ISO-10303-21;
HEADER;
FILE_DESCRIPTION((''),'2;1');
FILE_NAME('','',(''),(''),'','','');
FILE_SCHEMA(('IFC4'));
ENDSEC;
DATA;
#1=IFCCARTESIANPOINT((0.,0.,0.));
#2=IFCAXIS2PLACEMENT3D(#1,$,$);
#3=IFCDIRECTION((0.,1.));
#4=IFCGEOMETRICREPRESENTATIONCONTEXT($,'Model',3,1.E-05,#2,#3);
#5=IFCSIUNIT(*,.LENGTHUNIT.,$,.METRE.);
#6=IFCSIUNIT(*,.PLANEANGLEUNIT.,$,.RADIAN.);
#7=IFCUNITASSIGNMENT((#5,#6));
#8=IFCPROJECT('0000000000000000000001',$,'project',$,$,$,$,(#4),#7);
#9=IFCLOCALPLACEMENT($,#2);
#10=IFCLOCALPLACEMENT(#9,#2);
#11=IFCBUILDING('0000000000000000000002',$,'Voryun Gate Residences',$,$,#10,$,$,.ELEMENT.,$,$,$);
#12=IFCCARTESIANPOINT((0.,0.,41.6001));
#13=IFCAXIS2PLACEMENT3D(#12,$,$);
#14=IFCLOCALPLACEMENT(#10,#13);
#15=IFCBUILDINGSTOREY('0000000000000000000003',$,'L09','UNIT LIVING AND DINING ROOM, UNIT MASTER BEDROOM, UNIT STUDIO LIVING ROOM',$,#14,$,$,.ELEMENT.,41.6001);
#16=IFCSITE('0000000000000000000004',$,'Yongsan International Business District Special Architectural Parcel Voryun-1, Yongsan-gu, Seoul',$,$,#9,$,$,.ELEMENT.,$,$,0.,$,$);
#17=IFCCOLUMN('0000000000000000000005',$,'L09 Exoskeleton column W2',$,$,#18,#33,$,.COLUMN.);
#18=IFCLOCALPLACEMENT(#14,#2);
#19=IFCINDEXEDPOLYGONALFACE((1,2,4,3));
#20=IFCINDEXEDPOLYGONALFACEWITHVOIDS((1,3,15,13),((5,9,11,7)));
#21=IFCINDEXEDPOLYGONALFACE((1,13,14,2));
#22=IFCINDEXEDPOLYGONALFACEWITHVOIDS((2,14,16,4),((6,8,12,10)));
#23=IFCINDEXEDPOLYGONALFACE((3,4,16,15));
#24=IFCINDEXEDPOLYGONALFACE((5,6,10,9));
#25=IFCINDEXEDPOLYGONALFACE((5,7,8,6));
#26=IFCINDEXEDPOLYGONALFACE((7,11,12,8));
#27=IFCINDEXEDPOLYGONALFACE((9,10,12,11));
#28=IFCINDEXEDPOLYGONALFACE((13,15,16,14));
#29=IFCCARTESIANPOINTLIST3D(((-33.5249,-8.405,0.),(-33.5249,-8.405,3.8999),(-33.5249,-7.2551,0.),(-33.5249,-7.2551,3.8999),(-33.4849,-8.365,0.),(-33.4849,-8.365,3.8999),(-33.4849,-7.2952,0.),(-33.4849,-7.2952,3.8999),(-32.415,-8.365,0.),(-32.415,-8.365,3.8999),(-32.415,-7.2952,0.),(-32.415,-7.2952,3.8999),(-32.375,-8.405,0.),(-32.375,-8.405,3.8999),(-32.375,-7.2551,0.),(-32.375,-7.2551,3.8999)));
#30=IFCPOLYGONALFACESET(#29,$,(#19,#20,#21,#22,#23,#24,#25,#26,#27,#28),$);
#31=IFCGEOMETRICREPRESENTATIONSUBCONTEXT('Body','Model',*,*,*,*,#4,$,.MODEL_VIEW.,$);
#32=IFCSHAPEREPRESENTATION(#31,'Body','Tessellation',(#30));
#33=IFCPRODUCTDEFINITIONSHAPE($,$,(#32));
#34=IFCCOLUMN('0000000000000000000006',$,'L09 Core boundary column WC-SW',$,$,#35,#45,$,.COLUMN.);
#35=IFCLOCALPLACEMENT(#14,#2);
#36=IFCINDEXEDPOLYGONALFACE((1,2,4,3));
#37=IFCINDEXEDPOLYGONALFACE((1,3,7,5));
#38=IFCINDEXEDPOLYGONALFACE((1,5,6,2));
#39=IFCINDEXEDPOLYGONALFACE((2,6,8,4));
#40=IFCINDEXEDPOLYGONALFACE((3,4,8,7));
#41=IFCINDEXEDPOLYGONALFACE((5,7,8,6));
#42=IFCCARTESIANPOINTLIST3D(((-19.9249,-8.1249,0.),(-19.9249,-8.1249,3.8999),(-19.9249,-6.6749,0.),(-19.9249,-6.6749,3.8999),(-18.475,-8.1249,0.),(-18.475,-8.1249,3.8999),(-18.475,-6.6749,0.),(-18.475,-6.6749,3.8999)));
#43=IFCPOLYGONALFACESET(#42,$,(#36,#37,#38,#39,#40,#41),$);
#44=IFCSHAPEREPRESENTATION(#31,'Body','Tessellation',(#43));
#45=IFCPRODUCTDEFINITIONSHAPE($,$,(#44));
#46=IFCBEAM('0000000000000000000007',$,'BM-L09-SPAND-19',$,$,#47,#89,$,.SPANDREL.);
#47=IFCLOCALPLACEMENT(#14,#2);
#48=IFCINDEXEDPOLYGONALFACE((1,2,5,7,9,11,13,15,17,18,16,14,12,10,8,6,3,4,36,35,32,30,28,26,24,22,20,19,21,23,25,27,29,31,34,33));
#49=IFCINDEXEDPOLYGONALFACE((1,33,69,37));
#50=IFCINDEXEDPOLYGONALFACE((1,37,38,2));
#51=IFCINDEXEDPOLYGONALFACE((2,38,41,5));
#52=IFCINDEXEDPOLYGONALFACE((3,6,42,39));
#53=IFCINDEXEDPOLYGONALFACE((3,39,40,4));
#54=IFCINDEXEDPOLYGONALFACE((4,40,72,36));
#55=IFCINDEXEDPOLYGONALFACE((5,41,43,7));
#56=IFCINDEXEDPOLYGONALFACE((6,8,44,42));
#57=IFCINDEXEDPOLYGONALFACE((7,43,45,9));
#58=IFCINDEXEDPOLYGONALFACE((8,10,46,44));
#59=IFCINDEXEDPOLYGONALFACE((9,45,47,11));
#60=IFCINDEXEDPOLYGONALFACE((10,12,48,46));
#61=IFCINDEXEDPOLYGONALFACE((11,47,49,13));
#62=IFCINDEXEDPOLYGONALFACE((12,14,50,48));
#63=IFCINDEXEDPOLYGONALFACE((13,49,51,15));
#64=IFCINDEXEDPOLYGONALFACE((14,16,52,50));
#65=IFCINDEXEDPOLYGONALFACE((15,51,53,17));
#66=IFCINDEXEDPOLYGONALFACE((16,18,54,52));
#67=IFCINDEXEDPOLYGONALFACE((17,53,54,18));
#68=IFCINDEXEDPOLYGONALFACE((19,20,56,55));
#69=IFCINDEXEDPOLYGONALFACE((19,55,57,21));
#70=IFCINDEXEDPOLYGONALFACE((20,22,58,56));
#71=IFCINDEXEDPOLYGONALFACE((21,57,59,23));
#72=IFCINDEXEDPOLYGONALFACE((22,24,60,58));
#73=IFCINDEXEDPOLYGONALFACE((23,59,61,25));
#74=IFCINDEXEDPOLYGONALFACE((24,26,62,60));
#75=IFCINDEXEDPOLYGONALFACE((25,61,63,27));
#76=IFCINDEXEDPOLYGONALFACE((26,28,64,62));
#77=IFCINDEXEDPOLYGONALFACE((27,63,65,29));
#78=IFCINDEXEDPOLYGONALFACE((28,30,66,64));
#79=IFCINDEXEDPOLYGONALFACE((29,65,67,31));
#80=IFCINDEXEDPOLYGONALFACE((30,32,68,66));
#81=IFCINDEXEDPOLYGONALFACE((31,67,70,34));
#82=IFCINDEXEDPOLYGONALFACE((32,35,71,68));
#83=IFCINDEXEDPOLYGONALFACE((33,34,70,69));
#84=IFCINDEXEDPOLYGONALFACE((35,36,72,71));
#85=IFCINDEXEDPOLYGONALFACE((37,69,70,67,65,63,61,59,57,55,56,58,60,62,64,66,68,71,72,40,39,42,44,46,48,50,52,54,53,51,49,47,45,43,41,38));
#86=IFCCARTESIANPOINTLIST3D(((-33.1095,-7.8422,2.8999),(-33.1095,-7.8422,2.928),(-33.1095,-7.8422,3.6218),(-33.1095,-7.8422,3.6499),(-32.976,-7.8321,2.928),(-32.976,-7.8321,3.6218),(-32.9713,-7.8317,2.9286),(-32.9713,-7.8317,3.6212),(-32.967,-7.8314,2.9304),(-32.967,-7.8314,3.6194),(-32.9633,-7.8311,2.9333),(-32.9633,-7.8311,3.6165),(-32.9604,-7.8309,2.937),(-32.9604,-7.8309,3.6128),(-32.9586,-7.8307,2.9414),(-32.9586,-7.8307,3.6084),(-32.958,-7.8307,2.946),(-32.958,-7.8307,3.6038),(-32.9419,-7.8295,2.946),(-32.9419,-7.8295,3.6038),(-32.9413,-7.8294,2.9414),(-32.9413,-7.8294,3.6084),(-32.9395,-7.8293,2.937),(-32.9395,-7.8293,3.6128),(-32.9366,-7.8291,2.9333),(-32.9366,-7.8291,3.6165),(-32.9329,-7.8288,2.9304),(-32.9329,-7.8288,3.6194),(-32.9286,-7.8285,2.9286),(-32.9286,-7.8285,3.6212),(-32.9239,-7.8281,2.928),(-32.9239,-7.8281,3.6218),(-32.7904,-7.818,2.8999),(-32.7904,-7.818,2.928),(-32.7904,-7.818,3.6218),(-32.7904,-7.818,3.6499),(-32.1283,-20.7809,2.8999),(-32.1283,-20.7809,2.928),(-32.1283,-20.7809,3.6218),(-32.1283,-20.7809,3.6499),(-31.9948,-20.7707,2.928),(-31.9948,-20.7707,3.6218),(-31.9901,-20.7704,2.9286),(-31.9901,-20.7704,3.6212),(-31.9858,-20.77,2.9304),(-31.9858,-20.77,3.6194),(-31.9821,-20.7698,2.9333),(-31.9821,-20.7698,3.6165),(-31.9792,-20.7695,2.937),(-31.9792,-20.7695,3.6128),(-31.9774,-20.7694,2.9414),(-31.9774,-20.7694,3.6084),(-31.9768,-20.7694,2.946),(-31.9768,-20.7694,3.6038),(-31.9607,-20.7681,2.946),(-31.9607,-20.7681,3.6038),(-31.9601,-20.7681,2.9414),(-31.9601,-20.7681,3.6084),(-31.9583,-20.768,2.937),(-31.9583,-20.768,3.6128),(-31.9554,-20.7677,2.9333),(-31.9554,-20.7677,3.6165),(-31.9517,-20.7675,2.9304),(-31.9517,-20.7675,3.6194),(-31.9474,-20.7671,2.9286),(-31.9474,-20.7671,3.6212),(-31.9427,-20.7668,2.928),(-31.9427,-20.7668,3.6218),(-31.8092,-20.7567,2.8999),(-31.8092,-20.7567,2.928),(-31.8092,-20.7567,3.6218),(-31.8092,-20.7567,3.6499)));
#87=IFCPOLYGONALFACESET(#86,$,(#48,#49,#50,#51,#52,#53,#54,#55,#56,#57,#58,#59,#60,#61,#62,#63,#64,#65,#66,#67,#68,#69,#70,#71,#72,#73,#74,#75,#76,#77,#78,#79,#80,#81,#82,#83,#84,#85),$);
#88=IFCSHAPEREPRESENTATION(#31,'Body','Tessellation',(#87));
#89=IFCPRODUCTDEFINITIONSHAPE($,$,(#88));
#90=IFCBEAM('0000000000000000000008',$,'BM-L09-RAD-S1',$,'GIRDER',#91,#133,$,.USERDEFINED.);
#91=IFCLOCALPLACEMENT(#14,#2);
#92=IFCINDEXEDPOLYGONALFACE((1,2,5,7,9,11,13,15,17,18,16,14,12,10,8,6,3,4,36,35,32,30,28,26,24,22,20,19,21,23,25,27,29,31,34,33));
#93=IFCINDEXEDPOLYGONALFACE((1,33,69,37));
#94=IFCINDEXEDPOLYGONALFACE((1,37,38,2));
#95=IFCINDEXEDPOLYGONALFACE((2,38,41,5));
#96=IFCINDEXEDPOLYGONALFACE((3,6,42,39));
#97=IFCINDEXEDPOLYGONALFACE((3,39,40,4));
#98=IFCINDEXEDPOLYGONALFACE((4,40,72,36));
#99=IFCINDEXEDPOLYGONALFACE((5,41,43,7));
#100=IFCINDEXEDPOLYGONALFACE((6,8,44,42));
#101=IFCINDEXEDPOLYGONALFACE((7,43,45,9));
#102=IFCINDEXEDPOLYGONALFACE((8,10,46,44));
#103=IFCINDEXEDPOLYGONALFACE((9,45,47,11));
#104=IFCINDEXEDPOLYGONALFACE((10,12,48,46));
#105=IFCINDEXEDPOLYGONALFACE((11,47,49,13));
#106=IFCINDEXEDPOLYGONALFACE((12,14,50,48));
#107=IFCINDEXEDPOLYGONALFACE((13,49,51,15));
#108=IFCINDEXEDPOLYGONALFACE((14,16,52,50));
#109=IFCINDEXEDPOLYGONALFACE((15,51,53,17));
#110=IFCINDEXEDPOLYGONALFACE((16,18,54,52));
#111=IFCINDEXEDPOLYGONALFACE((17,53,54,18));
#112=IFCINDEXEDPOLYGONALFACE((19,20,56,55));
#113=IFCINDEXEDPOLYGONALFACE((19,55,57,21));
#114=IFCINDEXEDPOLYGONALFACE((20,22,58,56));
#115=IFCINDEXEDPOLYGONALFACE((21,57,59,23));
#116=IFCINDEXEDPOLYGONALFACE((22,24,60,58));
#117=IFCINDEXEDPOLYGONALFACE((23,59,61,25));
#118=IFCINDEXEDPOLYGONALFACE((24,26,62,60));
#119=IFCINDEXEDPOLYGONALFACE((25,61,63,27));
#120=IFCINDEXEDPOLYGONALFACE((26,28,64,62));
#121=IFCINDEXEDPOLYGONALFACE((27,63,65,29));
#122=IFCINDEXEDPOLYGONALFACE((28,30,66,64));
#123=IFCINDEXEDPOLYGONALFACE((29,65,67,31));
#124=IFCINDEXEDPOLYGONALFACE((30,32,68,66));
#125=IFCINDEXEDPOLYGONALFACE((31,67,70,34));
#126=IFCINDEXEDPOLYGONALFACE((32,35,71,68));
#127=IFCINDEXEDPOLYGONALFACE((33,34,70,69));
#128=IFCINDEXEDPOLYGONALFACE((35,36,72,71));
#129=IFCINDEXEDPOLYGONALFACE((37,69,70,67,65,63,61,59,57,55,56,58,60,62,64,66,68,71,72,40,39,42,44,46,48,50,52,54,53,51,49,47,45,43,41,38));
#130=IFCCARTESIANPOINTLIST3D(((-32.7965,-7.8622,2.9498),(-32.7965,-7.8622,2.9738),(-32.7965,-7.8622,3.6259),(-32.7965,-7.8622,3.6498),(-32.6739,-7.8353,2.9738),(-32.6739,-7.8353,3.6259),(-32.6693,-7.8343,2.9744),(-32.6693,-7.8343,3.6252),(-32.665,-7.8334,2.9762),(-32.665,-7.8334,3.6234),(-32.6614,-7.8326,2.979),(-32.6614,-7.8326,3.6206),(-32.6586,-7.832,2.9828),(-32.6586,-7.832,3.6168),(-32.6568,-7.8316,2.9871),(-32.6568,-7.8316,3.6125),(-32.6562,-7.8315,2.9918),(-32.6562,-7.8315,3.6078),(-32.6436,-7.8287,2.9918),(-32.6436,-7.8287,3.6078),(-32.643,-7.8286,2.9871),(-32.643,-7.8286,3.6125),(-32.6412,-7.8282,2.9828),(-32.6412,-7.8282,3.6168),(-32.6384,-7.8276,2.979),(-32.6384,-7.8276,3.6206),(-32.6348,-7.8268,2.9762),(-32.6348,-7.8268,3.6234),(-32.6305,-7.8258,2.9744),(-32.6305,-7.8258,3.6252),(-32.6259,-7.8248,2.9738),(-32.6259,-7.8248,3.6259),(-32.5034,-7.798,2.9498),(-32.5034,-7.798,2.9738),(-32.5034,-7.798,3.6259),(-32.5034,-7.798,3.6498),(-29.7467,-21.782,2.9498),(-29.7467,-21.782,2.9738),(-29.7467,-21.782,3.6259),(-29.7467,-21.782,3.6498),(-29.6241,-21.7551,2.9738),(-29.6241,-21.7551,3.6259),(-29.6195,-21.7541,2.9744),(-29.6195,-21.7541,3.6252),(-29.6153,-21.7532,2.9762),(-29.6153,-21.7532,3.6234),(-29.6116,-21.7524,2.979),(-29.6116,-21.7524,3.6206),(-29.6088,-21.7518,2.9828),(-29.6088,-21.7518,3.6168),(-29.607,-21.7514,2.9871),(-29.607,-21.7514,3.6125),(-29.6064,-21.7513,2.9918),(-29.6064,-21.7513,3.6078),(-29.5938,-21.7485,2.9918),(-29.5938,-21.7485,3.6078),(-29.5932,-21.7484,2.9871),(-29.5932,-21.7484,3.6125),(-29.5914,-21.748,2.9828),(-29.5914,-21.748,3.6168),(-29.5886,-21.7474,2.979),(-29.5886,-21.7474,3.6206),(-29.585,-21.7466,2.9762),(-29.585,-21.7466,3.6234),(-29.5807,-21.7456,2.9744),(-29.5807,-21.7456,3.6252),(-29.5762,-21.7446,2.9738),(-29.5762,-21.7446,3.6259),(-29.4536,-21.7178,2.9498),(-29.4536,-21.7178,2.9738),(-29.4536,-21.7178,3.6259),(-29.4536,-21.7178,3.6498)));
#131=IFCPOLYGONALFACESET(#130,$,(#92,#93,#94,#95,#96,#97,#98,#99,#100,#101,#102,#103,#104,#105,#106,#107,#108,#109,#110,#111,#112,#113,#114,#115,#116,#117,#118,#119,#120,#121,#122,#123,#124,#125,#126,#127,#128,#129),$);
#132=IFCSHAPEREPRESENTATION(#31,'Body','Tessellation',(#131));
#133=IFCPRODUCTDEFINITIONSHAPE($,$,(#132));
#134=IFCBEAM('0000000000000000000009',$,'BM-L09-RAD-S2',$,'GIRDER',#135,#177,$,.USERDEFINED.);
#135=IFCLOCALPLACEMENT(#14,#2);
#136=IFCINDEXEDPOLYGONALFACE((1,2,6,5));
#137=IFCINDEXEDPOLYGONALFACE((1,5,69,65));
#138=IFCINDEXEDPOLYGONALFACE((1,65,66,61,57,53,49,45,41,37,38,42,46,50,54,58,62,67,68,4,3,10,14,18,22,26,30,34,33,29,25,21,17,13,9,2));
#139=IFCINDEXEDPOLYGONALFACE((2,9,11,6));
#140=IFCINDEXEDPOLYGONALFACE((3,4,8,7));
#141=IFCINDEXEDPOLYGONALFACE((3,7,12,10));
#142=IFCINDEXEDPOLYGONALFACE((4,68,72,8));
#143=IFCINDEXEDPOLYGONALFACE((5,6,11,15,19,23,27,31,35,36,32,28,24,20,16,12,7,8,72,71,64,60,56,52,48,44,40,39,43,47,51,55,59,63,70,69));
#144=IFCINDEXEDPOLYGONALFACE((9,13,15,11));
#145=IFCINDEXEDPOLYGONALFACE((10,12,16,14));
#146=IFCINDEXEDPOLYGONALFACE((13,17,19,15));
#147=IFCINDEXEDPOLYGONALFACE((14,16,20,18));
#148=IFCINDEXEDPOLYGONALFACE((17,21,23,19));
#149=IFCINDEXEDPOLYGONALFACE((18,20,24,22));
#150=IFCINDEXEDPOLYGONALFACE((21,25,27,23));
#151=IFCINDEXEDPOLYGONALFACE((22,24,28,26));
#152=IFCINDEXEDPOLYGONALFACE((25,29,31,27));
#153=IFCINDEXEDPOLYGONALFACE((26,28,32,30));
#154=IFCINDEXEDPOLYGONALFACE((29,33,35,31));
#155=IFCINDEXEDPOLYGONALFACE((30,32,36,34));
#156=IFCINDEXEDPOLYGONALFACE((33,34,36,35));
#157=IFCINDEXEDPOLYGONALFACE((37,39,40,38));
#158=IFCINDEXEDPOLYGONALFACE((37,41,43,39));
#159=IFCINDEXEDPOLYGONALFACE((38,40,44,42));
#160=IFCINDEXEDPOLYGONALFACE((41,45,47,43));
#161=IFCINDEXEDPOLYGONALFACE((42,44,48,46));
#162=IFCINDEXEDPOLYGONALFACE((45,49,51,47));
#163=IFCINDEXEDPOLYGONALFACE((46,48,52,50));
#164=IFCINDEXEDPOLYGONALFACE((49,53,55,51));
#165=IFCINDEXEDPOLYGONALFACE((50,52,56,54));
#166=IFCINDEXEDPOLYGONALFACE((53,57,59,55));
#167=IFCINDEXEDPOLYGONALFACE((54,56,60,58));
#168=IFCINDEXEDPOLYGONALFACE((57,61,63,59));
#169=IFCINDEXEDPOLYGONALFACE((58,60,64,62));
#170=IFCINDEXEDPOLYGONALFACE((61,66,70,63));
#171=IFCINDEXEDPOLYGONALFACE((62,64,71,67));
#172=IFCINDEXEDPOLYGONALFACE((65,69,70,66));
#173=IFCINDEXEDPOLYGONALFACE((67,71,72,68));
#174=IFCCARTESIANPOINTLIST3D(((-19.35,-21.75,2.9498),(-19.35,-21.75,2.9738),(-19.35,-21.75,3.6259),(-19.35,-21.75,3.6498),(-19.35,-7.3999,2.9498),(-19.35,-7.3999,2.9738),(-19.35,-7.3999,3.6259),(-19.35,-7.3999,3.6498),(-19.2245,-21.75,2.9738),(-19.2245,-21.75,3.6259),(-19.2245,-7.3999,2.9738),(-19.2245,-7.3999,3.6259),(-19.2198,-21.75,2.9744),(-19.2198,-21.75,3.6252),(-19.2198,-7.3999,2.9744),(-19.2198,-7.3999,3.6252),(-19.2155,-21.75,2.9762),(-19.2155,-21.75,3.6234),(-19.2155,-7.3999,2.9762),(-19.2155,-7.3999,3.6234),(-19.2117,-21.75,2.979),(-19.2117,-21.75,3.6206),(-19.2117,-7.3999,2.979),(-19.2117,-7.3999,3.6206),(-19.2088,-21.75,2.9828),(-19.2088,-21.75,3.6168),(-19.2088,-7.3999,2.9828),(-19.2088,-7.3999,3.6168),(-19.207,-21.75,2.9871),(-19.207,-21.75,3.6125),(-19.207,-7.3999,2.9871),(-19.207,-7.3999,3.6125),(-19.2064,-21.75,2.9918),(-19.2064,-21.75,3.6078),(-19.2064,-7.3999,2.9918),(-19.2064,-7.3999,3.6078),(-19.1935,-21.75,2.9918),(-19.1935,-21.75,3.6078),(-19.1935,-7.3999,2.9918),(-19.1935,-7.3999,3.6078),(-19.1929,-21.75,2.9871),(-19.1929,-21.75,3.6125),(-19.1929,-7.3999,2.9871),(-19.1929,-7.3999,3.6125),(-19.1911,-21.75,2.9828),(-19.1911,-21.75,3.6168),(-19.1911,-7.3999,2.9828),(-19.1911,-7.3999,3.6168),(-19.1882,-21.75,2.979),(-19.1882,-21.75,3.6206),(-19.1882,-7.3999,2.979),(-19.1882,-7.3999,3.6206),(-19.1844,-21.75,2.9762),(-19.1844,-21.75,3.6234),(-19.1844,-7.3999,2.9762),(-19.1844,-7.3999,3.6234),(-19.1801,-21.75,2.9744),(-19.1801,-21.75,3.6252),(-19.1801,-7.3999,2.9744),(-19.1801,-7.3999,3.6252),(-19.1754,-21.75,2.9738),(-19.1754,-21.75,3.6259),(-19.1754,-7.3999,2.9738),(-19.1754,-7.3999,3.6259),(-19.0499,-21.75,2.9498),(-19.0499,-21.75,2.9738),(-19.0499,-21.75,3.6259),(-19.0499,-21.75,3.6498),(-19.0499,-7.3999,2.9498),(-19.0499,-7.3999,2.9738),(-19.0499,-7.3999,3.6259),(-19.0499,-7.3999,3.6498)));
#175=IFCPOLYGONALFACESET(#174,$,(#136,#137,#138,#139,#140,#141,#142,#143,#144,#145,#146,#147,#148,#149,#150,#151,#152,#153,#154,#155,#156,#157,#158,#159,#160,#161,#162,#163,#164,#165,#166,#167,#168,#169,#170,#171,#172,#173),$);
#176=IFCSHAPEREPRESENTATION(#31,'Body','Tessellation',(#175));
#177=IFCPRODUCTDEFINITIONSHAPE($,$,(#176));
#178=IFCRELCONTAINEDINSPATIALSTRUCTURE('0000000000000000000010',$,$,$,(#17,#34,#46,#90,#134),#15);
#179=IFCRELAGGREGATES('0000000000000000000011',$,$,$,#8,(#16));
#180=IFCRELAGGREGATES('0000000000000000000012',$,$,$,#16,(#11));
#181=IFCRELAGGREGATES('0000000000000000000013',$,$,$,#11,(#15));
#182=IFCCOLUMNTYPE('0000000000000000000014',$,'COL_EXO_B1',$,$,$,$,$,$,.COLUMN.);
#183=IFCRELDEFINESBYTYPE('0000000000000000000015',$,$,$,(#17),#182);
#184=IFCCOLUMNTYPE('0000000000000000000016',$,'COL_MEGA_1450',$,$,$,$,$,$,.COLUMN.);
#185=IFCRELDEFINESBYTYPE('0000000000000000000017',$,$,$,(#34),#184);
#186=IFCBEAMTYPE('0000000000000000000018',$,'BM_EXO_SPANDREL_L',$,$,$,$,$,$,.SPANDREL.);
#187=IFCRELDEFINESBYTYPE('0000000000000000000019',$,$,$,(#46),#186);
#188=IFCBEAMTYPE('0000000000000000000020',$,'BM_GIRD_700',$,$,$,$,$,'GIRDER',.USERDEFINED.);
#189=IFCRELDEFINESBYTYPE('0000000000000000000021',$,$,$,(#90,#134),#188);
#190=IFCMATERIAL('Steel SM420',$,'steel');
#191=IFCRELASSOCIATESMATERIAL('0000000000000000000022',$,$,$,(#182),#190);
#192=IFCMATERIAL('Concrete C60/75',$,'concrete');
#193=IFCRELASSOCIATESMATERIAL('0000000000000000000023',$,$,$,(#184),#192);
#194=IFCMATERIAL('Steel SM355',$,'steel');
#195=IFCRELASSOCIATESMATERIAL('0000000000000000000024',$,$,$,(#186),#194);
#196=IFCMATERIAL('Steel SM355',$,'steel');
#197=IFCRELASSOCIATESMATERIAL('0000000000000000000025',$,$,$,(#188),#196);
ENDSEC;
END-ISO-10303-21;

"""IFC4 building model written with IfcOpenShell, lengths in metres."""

from ifc_helpers import new_model, si_unit, direction, frame, origin, origin_2d, place, context, subcontext, project, spatial, rectangle, hollow_rectangle, i_section, extrude, material, material_profile, profile_set, type_object, element, save


model = new_model("IFC4")

# Units and contexts
model_context = context("Model", 3, precision=1e-05, world=origin(), true_north=direction((0.0, 1.0)))
body_context = subcontext(model_context, "Body", "Model", "MODEL_VIEW")
ifc_project = project(units=[si_unit("LENGTHUNIT", "METRE"), si_unit("PLANEANGLEUNIT", "RADIAN")], contexts=[model_context])

# Site, building, storey
site_placement = place(None, origin())
site = spatial("IfcSite", under=ifc_project, at=site_placement, Name="Yongsan International Business District Special Architectural Parcel Voryun-1, Yongsan-gu, Seoul", CompositionType="ELEMENT", RefElevation=0.0)
building_placement = place(site_placement, origin())
building = spatial("IfcBuilding", under=site, at=building_placement, Name="Voryun Gate Residences", CompositionType="ELEMENT")
storey_placement = place(building_placement, frame((0.0, 0.0, 41.6001)))
storey = spatial("IfcBuildingStorey", under=building, at=storey_placement, Name="L09", Description="UNIT LIVING AND DINING ROOM, UNIT MASTER BEDROOM, UNIT STUDIO LIVING ROOM", CompositionType="ELEMENT", Elevation=41.6001)

# Columns
ifc_material_1 = material(Name="Steel SM420", Category="steel")
ifc_material_profile_1 = material_profile(ifc_material_1, hollow_rectangle(XDim=1.1499, YDim=1.1499, WallThickness=0.04, at=origin_2d()), Name="BOX-1150x1150x40")
ifc_profile_set_1 = profile_set([ifc_material_profile_1], Name="Steel SM420")
column_type_1 = type_object("IfcColumnType", Name="COL_EXO_B1", PredefinedType="COLUMN", material=ifc_profile_set_1)
column_1_placement = place(storey_placement, frame((-32.95, -7.8301, 0.0), z_axis=(0.0, 0.0, 1.0), x_axis=(1.0, 0.0, 0.0)))
element("IfcColumn", 1, at=column_1_placement, inside=storey, type_object=column_type_1, Name="L09 Exoskeleton column W2", PredefinedType="COLUMN", context=body_context, shape_type="SweptSolid", body=[
    extrude(hollow_rectangle(XDim=1.1499, YDim=1.1499, WallThickness=0.04, at=origin_2d()), origin(), (0.0, 0.0, 1.0), 3.8999),
])
ifc_material_2 = material(Name="Concrete C60/75", Category="concrete")
ifc_material_profile_2 = material_profile(ifc_material_2, rectangle(XDim=1.45, YDim=1.45, at=origin_2d()), Name="RC-1450x1450")
ifc_profile_set_2 = profile_set([ifc_material_profile_2], Name="Concrete C60/75")
column_type_2 = type_object("IfcColumnType", Name="COL_MEGA_1450", PredefinedType="COLUMN", material=ifc_profile_set_2)
column_2_placement = place(storey_placement, frame((-19.2, -7.3999, 0.0), z_axis=(0.0, 0.0, 1.0), x_axis=(1.0, 0.0, 0.0)))
element("IfcColumn", 2, at=column_2_placement, inside=storey, type_object=column_type_2, Name="L09 Core boundary column WC-SW", PredefinedType="COLUMN", context=body_context, shape_type="SweptSolid", body=[
    extrude(rectangle(XDim=1.45, YDim=1.45, at=origin_2d()), origin(), (0.0, 0.0, 1.0), 3.8999),
])

# Beams
ifc_material_3 = material(Name="Steel SM355", Category="steel")
ifc_material_profile_3 = material_profile(ifc_material_3, i_section(OverallWidth=0.3201, OverallDepth=0.75, WebThickness=0.0161, FlangeThickness=0.0281, FilletRadius=0.0181, at=origin_2d()), Name="H-750x320x16x28")
ifc_profile_set_3 = profile_set([ifc_material_profile_3], Name="Steel SM355")
beam_type_1 = type_object("IfcBeamType", Name="BM_EXO_SPANDREL_L", PredefinedType="SPANDREL", material=ifc_profile_set_3)
beam_1_placement = place(storey_placement, frame((-32.95, -7.8301, 3.2749), z_axis=(0.075617, -0.997137, 0.0), x_axis=(0.997137, 0.075617, 0.0)))
element("IfcBeam", 3, at=beam_1_placement, inside=storey, type_object=beam_type_1, Name="BM-L09-SPAND-19", PredefinedType="SPANDREL", context=body_context, shape_type="SweptSolid", body=[
    extrude(i_section(OverallWidth=0.3201, OverallDepth=0.75, WebThickness=0.0161, FlangeThickness=0.0281, FilletRadius=0.0181, at=origin_2d()), origin(), (0.0, 0.0, 1.0), 12.9758),
])
ifc_material_4 = material(Name="Steel SM355", Category="steel")
ifc_material_profile_4 = material_profile(ifc_material_4, i_section(OverallWidth=0.3, OverallDepth=0.7, WebThickness=0.0129, FlangeThickness=0.0239, FilletRadius=0.0181, at=origin_2d()), Name="H-700x300x13x24")
ifc_profile_set_4 = profile_set([ifc_material_profile_4], Name="Steel SM355")
beam_type_2 = type_object("IfcBeamType", Name="BM_GIRD_700", ElementType="GIRDER", PredefinedType="USERDEFINED", material=ifc_profile_set_4)
beam_2_placement = place(storey_placement, frame((-32.6499, -7.8301, 3.2998), z_axis=(0.21402, -0.976829, 0.0), x_axis=(0.976829, 0.21402, 0.0)))
element("IfcBeam", 4, at=beam_2_placement, inside=storey, type_object=beam_type_2, Name="BM-L09-RAD-S1", ObjectType="GIRDER", PredefinedType="USERDEFINED", context=body_context, shape_type="SweptSolid", body=[
    extrude(i_section(OverallWidth=0.3, OverallDepth=0.7, WebThickness=0.0129, FlangeThickness=0.0239, FilletRadius=0.0181, at=origin_2d()), origin(), (0.0, 0.0, 1.0), 14.25),
])
beam_3_placement = place(storey_placement, frame((-19.2, -7.3999, 3.2998), z_axis=(0.0, -1.0, 0.0), x_axis=(1.0, 0.0, 0.0)))
element("IfcBeam", 5, at=beam_3_placement, inside=storey, type_object=beam_type_2, Name="BM-L09-RAD-S2", ObjectType="GIRDER", PredefinedType="USERDEFINED", context=body_context, shape_type="SweptSolid", body=[
    extrude(i_section(OverallWidth=0.3, OverallDepth=0.7, WebThickness=0.0129, FlangeThickness=0.0239, FilletRadius=0.0181, at=origin_2d()), origin(), (0.0, 0.0, 1.0), 14.3501),
])

save(model, "model.ifc")
